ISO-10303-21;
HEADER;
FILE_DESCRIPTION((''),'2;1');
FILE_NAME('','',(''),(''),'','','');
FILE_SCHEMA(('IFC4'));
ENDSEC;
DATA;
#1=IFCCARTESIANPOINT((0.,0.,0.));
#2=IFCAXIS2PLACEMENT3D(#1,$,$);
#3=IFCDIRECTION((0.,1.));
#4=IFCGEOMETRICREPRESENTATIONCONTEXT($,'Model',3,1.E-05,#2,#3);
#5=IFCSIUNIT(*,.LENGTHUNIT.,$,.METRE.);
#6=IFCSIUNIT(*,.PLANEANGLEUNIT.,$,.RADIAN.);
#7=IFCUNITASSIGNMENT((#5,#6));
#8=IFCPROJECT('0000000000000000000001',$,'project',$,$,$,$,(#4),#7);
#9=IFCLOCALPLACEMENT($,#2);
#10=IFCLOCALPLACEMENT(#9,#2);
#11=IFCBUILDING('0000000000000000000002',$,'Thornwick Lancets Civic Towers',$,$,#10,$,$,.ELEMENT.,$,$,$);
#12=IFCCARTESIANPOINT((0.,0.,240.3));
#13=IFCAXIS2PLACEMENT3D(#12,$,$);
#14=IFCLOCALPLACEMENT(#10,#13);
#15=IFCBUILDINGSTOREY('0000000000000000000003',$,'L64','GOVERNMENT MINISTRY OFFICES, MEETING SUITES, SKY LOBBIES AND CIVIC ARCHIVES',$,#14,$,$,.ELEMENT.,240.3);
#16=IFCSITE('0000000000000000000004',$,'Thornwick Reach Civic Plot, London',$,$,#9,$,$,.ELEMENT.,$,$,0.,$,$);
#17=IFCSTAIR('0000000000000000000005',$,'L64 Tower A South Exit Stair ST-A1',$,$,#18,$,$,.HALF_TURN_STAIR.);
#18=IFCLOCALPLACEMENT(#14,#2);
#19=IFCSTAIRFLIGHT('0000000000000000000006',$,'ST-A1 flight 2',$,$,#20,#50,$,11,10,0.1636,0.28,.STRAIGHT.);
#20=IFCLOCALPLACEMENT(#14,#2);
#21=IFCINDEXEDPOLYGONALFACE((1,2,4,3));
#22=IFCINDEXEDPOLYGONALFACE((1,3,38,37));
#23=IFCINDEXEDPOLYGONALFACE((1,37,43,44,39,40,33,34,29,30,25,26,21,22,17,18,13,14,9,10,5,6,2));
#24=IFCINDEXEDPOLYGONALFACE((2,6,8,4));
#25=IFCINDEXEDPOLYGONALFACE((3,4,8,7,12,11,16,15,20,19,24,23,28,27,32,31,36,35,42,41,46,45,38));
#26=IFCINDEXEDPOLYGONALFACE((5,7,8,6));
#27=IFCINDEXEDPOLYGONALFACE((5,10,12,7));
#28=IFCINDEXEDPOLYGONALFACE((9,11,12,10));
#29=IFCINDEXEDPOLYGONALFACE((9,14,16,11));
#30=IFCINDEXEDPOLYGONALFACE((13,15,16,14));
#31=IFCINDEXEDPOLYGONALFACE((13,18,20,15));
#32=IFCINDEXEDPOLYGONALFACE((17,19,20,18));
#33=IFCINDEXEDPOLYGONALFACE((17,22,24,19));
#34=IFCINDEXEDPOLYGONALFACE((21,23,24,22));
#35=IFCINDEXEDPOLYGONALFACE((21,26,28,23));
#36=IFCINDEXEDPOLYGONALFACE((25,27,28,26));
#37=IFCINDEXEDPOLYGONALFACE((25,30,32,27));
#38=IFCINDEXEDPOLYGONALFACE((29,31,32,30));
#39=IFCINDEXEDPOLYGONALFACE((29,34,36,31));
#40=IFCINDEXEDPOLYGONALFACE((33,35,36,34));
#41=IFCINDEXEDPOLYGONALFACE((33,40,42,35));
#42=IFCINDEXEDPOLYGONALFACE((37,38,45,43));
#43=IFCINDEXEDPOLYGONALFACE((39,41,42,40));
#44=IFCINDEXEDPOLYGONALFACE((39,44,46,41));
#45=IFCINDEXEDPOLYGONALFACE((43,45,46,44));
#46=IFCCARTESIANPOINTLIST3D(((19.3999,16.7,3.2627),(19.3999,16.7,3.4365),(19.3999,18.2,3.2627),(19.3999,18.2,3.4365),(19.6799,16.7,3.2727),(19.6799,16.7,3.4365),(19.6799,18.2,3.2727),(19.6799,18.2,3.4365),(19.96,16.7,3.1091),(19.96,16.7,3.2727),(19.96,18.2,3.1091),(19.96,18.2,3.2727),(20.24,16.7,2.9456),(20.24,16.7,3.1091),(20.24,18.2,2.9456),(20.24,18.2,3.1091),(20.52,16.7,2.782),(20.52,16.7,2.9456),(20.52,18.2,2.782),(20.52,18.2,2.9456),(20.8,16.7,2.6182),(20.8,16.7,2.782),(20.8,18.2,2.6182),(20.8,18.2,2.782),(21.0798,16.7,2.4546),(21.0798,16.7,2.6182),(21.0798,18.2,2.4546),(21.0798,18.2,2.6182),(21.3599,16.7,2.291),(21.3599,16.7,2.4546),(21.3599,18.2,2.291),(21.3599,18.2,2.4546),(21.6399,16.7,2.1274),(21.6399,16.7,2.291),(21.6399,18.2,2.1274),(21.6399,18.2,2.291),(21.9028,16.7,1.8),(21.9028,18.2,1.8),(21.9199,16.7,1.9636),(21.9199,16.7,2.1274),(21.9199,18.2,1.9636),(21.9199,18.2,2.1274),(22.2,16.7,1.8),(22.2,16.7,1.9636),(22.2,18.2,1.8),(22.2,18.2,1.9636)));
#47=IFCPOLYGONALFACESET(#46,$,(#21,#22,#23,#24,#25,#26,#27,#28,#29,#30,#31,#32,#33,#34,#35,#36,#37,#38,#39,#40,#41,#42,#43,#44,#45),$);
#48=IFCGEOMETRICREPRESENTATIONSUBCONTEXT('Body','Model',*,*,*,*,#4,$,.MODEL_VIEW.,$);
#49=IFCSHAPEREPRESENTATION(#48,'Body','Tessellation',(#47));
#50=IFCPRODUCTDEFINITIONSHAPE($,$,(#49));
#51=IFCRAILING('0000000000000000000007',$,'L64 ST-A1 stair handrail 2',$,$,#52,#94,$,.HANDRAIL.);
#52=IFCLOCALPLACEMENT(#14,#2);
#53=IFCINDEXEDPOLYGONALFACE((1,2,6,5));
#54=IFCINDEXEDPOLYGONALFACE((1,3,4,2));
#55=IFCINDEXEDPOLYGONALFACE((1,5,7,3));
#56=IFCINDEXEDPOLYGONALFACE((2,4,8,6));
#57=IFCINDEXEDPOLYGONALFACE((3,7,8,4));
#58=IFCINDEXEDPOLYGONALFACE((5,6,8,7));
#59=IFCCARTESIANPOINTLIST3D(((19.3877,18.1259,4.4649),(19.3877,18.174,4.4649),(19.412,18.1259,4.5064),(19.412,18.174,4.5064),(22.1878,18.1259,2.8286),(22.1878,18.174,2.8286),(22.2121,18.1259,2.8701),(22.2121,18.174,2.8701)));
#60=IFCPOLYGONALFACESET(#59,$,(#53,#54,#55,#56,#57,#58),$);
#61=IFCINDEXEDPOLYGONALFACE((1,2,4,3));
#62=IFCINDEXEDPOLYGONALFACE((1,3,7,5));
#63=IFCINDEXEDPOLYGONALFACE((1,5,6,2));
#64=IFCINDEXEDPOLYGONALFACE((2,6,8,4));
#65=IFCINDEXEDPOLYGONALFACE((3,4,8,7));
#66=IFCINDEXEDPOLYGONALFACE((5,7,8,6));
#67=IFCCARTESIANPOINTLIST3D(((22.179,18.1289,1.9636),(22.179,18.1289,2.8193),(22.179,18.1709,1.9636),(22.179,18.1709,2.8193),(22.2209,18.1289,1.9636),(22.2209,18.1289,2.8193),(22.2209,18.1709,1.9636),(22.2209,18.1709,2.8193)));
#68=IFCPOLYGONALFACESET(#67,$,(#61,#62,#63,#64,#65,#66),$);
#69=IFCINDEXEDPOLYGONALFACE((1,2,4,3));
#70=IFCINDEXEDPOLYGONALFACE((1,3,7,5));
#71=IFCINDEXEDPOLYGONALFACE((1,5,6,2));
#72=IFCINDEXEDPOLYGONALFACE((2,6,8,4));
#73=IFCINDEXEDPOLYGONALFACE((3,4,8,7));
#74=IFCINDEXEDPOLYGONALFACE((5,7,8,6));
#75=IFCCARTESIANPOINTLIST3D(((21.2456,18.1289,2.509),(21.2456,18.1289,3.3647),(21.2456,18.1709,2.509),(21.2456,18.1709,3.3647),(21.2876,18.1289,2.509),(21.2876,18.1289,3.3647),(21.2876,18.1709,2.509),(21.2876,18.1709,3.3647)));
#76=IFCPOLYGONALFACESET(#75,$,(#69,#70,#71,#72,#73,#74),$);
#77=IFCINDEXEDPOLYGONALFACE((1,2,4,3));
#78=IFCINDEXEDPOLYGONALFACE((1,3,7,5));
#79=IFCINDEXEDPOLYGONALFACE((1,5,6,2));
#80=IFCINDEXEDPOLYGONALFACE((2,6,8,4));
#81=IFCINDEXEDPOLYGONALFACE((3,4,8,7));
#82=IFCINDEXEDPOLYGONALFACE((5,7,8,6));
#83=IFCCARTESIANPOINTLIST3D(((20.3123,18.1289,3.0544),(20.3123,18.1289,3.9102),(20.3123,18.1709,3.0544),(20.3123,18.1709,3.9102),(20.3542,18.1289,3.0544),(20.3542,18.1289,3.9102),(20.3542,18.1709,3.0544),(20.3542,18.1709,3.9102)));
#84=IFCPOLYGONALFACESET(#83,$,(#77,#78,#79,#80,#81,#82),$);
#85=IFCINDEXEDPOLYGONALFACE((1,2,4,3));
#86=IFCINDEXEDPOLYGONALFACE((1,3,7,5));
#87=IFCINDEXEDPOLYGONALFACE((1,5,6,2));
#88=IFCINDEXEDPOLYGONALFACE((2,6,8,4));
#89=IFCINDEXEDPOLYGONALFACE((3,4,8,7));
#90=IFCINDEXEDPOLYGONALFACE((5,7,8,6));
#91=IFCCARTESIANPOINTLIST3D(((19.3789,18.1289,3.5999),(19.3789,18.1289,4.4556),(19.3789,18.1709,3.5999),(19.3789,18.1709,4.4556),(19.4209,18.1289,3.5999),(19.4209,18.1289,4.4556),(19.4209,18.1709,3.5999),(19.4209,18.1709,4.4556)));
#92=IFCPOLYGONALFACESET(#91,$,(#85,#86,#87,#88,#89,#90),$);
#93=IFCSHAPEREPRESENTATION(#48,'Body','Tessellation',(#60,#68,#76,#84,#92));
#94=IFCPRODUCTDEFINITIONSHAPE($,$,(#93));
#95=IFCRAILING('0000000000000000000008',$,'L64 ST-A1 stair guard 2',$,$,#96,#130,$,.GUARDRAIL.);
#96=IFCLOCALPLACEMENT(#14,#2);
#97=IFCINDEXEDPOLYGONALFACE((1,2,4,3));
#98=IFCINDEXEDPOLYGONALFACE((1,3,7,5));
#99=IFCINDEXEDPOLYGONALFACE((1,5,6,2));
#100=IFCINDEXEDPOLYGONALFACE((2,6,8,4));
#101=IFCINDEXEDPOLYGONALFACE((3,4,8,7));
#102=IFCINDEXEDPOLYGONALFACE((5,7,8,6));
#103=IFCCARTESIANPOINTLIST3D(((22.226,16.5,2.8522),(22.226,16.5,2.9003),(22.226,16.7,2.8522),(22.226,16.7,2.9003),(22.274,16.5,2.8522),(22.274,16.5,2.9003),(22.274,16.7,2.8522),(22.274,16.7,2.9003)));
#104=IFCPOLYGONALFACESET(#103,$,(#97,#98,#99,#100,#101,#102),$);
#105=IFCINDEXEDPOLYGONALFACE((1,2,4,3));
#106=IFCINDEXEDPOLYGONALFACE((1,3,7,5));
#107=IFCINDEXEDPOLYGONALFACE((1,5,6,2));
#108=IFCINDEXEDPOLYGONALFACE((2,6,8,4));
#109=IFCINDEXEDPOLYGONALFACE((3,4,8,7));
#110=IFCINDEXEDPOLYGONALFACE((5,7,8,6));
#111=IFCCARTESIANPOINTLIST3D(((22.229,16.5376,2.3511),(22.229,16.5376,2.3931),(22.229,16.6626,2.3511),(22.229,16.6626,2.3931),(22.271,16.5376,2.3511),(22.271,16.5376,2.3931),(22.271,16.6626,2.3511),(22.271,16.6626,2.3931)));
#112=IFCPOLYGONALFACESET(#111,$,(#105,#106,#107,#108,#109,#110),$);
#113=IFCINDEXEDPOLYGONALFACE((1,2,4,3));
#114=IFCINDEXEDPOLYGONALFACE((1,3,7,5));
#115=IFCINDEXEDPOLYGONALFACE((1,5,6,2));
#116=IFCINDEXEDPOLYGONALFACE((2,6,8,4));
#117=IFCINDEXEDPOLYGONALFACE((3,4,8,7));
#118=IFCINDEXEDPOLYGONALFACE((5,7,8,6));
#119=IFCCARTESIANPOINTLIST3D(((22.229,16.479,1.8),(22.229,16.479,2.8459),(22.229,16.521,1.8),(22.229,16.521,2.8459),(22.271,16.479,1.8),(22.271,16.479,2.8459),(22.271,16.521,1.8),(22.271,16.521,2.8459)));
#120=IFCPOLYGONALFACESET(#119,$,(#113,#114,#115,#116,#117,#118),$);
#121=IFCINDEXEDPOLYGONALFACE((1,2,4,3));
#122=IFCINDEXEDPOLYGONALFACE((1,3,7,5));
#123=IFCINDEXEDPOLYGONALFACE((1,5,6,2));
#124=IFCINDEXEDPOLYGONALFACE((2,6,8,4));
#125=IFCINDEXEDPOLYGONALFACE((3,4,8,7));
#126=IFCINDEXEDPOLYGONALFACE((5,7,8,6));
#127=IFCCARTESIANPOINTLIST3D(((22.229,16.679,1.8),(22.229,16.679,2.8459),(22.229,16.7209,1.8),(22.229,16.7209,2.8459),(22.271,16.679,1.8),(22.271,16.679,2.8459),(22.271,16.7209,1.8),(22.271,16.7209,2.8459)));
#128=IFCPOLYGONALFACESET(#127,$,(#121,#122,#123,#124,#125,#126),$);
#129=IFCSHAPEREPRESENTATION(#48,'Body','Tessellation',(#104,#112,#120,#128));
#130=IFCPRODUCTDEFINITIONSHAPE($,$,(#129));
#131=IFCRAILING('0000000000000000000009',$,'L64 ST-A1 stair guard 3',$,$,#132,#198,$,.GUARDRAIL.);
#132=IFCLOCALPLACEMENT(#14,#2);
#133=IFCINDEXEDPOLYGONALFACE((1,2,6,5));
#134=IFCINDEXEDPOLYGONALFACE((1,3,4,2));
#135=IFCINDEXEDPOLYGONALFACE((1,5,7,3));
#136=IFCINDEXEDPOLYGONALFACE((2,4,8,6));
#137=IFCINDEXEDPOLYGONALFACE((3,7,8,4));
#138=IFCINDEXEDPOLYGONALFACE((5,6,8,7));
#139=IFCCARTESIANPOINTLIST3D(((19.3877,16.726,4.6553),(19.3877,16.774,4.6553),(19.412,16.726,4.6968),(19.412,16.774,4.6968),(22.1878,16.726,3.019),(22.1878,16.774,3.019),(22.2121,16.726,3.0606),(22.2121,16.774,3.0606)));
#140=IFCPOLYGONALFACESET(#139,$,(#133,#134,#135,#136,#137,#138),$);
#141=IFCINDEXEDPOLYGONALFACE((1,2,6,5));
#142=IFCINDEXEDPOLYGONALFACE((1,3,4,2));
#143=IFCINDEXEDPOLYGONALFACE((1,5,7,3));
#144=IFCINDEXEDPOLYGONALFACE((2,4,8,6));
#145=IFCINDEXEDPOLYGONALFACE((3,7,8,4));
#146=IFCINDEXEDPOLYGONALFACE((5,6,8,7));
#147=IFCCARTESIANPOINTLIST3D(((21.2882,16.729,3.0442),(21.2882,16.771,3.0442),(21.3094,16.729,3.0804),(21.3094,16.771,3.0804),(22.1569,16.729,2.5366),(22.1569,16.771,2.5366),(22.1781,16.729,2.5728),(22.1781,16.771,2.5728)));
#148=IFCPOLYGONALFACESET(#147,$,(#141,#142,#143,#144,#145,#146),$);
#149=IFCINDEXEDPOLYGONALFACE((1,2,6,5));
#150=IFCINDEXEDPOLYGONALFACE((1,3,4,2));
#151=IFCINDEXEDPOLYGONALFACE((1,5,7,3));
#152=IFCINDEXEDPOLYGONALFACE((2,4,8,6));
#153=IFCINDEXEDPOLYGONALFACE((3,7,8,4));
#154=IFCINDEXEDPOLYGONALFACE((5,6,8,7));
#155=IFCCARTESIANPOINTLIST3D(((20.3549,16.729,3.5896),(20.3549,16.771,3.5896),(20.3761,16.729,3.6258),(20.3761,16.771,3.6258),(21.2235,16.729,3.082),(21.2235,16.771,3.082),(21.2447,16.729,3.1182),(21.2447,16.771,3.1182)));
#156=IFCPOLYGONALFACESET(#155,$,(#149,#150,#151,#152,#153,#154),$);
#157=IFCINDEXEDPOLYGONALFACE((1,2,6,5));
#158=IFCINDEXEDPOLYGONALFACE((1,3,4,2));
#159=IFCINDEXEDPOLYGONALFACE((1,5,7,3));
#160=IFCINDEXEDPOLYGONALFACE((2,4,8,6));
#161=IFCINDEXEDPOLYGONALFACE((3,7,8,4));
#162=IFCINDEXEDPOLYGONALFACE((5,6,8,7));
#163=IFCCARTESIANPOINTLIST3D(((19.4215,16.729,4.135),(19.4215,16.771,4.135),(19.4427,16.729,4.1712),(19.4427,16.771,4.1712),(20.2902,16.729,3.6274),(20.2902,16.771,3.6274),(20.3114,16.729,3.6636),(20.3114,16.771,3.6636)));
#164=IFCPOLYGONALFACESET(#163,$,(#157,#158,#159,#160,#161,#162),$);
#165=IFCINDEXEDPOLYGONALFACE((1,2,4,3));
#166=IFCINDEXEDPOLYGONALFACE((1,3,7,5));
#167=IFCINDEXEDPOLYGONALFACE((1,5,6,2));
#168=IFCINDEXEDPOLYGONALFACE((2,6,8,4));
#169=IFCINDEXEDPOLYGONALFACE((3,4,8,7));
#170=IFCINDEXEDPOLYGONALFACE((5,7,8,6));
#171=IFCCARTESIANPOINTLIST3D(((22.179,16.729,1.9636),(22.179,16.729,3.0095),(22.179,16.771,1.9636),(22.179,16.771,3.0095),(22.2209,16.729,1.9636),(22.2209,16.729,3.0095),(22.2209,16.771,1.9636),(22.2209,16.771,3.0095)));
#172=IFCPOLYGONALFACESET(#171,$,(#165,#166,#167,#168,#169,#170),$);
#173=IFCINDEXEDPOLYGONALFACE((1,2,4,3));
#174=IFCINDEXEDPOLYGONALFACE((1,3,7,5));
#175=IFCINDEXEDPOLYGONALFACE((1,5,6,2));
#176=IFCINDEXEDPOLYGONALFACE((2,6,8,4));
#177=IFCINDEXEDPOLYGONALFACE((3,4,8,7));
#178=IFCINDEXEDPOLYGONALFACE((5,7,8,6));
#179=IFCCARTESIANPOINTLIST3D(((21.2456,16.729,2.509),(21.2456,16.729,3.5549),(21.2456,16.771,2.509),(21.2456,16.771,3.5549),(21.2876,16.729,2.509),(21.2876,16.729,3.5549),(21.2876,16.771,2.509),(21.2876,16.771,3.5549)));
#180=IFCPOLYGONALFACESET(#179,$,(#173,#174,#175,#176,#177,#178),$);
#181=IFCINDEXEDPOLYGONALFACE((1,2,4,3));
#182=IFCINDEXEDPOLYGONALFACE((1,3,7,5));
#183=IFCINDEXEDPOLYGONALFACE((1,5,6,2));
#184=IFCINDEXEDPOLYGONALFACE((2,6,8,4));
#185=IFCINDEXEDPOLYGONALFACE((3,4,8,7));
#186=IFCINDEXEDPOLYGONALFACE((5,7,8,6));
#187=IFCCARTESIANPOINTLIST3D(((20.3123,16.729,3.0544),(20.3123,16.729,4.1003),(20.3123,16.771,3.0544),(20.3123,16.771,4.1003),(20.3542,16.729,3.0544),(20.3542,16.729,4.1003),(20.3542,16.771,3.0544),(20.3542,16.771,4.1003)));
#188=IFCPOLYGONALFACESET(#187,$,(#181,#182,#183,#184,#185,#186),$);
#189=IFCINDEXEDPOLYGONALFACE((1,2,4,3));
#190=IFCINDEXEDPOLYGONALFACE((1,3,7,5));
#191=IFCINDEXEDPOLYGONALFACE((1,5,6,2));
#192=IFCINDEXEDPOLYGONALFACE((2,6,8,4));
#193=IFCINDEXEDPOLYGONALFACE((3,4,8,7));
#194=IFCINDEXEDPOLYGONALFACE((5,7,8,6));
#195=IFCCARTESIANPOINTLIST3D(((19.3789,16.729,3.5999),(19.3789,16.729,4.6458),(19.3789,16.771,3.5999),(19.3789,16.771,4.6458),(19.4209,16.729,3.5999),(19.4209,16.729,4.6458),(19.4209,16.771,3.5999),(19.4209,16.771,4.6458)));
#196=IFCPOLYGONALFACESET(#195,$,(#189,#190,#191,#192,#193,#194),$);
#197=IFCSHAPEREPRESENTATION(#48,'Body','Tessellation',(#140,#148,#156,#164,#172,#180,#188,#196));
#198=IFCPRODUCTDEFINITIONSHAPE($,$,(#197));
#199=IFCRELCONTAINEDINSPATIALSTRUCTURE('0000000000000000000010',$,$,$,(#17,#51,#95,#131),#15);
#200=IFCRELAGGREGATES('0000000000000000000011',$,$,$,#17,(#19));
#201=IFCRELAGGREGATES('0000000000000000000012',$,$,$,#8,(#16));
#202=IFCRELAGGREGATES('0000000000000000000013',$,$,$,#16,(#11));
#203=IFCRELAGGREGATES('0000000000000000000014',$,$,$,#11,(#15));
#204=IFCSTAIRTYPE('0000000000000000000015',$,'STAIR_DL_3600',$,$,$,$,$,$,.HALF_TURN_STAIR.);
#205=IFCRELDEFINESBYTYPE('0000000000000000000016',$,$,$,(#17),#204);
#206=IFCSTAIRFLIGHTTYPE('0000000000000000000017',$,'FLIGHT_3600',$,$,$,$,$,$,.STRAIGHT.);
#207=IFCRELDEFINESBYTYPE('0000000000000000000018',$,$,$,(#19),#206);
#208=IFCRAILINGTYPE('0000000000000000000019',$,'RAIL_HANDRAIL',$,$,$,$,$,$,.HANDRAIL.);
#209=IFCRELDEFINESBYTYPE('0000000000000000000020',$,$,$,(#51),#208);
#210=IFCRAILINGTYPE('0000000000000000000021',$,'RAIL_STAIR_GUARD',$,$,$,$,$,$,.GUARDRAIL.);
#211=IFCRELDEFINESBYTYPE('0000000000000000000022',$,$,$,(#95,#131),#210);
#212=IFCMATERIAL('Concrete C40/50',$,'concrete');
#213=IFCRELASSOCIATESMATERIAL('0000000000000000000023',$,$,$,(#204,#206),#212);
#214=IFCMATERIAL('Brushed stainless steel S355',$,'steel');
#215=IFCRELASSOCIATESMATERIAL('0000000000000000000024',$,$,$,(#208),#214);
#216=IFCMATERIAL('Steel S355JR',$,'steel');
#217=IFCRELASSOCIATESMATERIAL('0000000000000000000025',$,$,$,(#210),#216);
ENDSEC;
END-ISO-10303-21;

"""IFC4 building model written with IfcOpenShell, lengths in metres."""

from ifc_helpers import new_model, si_unit, direction, frame, origin, origin_2d, place, context, subcontext, project, spatial, polyline, rectangle, outline, extrude, material, type_object, element, aggregate, save


model = new_model("IFC4")

# Units and contexts
model_context = context("Model", 3, precision=1e-05, world=origin(), true_north=direction((0.0, 1.0)))
body_context = subcontext(model_context, "Body", "Model", "MODEL_VIEW")
ifc_project = project(units=[si_unit("LENGTHUNIT", "METRE"), si_unit("PLANEANGLEUNIT", "RADIAN")], contexts=[model_context])

# Site, building, storey
site_placement = place(None, origin())
site = spatial("IfcSite", under=ifc_project, at=site_placement, Name="Thornwick Reach Civic Plot, London", CompositionType="ELEMENT", RefElevation=0.0)
building_placement = place(site_placement, origin())
building = spatial("IfcBuilding", under=site, at=building_placement, Name="Thornwick Lancets Civic Towers", CompositionType="ELEMENT")
storey_placement = place(building_placement, frame((0.0, 0.0, 240.3)))
storey = spatial("IfcBuildingStorey", under=building, at=storey_placement, Name="L64", Description="GOVERNMENT MINISTRY OFFICES, MEETING SUITES, SKY LOBBIES AND CIVIC ARCHIVES", CompositionType="ELEMENT", Elevation=240.3)

# Shared definitions
ifc_material_1 = material(Name="Steel S355JR", Category="steel")

# Shared definitions
ifc_material_2 = material(Name="Concrete C40/50", Category="concrete")

# Stair, stair flight
stair_type = type_object("IfcStairType", Name="STAIR_DL_3600", PredefinedType="HALF_TURN_STAIR", material=ifc_material_2)
stair_placement = place(storey_placement, origin())
stair = element("IfcStair", 1, at=stair_placement, inside=storey, type_object=stair_type, Name="L64 Tower A South Exit Stair ST-A1", PredefinedType="HALF_TURN_STAIR")
stair_flight_type = type_object("IfcStairFlightType", Name="FLIGHT_3600", PredefinedType="STRAIGHT", material=ifc_material_2)
stair_flight_placement = place(storey_placement, frame((22.2, 17.45, 1.8), z_axis=(0.0, 0.0, 1.0), x_axis=(-1.0, 0.0, 0.0)))
stair_flight = element("IfcStairFlight", 2, at=stair_flight_placement, type_object=stair_flight_type, Name="ST-A1 flight 2", NumberOfRisers=11, NumberOfTreads=10, PredefinedType="STRAIGHT", RiserHeight=0.1636, TreadLength=0.28, context=body_context, shape_type="SweptSolid", body=[
    extrude(outline(polyline([(0.0, 0.0), (0.0, 0.1636), (0.28, 0.1636), (0.28, 0.3274), (0.5601, 0.3274), (0.5601, 0.491), (0.8401, 0.491), (0.8401, 0.6545), (1.1201, 0.6545), (1.1201, 0.8181), (1.3999, 0.8181), (1.3999, 0.9819), (1.6799, 0.9819), (1.6799, 1.1455), (1.96, 1.1455), (1.96, 1.3091), (2.24, 1.3091), (2.24, 1.4727), (2.52, 1.4727), (2.52, 1.6365), (2.8, 1.6365), (2.8, 1.8), (2.8, 1.4626), (0.2971, 0.0), (0.0, 0.0)])), frame((0.0, 0.75, 0.0), z_axis=(0.0, -1.0, 0.0), x_axis=(1.0, 0.0, 0.0)), (0.0, 0.0, 1.0), 1.5),
])
aggregate(stair, [stair_flight])

# Railings
ifc_material_3 = material(Name="Brushed stainless steel S355", Category="steel")
railing_type_1 = type_object("IfcRailingType", Name="RAIL_HANDRAIL", PredefinedType="HANDRAIL", material=ifc_material_3)
railing_1_placement = place(storey_placement, frame((22.2, 18.1499, 1.9636)))
element("IfcRailing", 3, at=railing_1_placement, inside=storey, type_object=railing_type_1, Name="L64 ST-A1 stair handrail 2", PredefinedType="HANDRAIL", context=body_context, shape_type="SweptSolid", body=[
    extrude(rectangle(XDim=0.0481, YDim=0.0481, at=origin_2d()), frame((0.0, 0.0, 0.8857), z_axis=(-0.863394, 0.0, 0.504531), x_axis=(0.0, -1.0, 0.0)), (0.0, 0.0, 1.0), 3.2432),
    extrude(rectangle(XDim=0.042, YDim=0.042, at=origin_2d()), origin(), (0.0, 0.0, 1.0), 0.8557),
    extrude(rectangle(XDim=0.042, YDim=0.042, at=origin_2d()), frame((-0.9333, 0.0, 0.5454)), (0.0, 0.0, 1.0), 0.8557),
    extrude(rectangle(XDim=0.042, YDim=0.042, at=origin_2d()), frame((-1.8667, 0.0, 1.0908)), (0.0, 0.0, 1.0), 0.8557),
    extrude(rectangle(XDim=0.042, YDim=0.042, at=origin_2d()), frame((-2.8, 0.0, 1.6362)), (0.0, 0.0, 1.0), 0.8557),
])
railing_type_2 = type_object("IfcRailingType", Name="RAIL_STAIR_GUARD", PredefinedType="GUARDRAIL", material=ifc_material_1)
railing_2_placement = place(storey_placement, frame((22.25, 16.5, 1.8)))
element("IfcRailing", 4, at=railing_2_placement, inside=storey, type_object=railing_type_2, Name="L64 ST-A1 stair guard 2", PredefinedType="GUARDRAIL", context=body_context, shape_type="SweptSolid", body=[
    extrude(rectangle(XDim=0.0481, YDim=0.0481, at=origin_2d()), frame((0.0, 0.0, 1.0762), z_axis=(0.0, 1.0, 0.0), x_axis=(-1.0, 0.0, 0.0)), (0.0, 0.0, 1.0), 0.2),
    extrude(rectangle(XDim=0.042, YDim=0.042, at=origin_2d()), frame((0.0, 0.0376, 0.572), z_axis=(0.0, 1.0, 0.0), x_axis=(-1.0, 0.0, 0.0)), (0.0, 0.0, 1.0), 0.125),
    extrude(rectangle(XDim=0.042, YDim=0.042, at=origin_2d()), origin(), (0.0, 0.0, 1.0), 1.0459),
    extrude(rectangle(XDim=0.042, YDim=0.042, at=origin_2d()), frame((0.0, 0.2, 0.0)), (0.0, 0.0, 1.0), 1.0459),
])
railing_3_placement = place(storey_placement, frame((22.2, 16.75, 1.9636)))
element("IfcRailing", 5, at=railing_3_placement, inside=storey, type_object=railing_type_2, Name="L64 ST-A1 stair guard 3", PredefinedType="GUARDRAIL", context=body_context, shape_type="SweptSolid", body=[
    extrude(rectangle(XDim=0.0481, YDim=0.0481, at=origin_2d()), frame((0.0, 0.0, 1.0762), z_axis=(-0.863394, 0.0, 0.504531), x_axis=(0.0, -1.0, 0.0)), (0.0, 0.0, 1.0), 3.2432),
    extrude(rectangle(XDim=0.042, YDim=0.042, at=origin_2d()), frame((-0.0325, 0.0, 0.5911), z_axis=(-0.863394, 0.0, 0.504531), x_axis=(0.0, -1.0, 0.0)), (0.0, 0.0, 1.0), 1.0061),
    extrude(rectangle(XDim=0.042, YDim=0.042, at=origin_2d()), frame((-0.9658, 0.0, 1.1365), z_axis=(-0.863394, 0.0, 0.504531), x_axis=(0.0, -1.0, 0.0)), (0.0, 0.0, 1.0), 1.0061),
    extrude(rectangle(XDim=0.042, YDim=0.042, at=origin_2d()), frame((-1.8992, 0.0, 1.6819), z_axis=(-0.863394, 0.0, 0.504531), x_axis=(0.0, -1.0, 0.0)), (0.0, 0.0, 1.0), 1.0061),
    extrude(rectangle(XDim=0.042, YDim=0.042, at=origin_2d()), origin(), (0.0, 0.0, 1.0), 1.0459),
    extrude(rectangle(XDim=0.042, YDim=0.042, at=origin_2d()), frame((-0.9333, 0.0, 0.5454)), (0.0, 0.0, 1.0), 1.0459),
    extrude(rectangle(XDim=0.042, YDim=0.042, at=origin_2d()), frame((-1.8667, 0.0, 1.0908)), (0.0, 0.0, 1.0), 1.0459),
    extrude(rectangle(XDim=0.042, YDim=0.042, at=origin_2d()), frame((-2.8, 0.0, 1.6362)), (0.0, 0.0, 1.0), 1.0459),
])

save(model, "model.ifc")
